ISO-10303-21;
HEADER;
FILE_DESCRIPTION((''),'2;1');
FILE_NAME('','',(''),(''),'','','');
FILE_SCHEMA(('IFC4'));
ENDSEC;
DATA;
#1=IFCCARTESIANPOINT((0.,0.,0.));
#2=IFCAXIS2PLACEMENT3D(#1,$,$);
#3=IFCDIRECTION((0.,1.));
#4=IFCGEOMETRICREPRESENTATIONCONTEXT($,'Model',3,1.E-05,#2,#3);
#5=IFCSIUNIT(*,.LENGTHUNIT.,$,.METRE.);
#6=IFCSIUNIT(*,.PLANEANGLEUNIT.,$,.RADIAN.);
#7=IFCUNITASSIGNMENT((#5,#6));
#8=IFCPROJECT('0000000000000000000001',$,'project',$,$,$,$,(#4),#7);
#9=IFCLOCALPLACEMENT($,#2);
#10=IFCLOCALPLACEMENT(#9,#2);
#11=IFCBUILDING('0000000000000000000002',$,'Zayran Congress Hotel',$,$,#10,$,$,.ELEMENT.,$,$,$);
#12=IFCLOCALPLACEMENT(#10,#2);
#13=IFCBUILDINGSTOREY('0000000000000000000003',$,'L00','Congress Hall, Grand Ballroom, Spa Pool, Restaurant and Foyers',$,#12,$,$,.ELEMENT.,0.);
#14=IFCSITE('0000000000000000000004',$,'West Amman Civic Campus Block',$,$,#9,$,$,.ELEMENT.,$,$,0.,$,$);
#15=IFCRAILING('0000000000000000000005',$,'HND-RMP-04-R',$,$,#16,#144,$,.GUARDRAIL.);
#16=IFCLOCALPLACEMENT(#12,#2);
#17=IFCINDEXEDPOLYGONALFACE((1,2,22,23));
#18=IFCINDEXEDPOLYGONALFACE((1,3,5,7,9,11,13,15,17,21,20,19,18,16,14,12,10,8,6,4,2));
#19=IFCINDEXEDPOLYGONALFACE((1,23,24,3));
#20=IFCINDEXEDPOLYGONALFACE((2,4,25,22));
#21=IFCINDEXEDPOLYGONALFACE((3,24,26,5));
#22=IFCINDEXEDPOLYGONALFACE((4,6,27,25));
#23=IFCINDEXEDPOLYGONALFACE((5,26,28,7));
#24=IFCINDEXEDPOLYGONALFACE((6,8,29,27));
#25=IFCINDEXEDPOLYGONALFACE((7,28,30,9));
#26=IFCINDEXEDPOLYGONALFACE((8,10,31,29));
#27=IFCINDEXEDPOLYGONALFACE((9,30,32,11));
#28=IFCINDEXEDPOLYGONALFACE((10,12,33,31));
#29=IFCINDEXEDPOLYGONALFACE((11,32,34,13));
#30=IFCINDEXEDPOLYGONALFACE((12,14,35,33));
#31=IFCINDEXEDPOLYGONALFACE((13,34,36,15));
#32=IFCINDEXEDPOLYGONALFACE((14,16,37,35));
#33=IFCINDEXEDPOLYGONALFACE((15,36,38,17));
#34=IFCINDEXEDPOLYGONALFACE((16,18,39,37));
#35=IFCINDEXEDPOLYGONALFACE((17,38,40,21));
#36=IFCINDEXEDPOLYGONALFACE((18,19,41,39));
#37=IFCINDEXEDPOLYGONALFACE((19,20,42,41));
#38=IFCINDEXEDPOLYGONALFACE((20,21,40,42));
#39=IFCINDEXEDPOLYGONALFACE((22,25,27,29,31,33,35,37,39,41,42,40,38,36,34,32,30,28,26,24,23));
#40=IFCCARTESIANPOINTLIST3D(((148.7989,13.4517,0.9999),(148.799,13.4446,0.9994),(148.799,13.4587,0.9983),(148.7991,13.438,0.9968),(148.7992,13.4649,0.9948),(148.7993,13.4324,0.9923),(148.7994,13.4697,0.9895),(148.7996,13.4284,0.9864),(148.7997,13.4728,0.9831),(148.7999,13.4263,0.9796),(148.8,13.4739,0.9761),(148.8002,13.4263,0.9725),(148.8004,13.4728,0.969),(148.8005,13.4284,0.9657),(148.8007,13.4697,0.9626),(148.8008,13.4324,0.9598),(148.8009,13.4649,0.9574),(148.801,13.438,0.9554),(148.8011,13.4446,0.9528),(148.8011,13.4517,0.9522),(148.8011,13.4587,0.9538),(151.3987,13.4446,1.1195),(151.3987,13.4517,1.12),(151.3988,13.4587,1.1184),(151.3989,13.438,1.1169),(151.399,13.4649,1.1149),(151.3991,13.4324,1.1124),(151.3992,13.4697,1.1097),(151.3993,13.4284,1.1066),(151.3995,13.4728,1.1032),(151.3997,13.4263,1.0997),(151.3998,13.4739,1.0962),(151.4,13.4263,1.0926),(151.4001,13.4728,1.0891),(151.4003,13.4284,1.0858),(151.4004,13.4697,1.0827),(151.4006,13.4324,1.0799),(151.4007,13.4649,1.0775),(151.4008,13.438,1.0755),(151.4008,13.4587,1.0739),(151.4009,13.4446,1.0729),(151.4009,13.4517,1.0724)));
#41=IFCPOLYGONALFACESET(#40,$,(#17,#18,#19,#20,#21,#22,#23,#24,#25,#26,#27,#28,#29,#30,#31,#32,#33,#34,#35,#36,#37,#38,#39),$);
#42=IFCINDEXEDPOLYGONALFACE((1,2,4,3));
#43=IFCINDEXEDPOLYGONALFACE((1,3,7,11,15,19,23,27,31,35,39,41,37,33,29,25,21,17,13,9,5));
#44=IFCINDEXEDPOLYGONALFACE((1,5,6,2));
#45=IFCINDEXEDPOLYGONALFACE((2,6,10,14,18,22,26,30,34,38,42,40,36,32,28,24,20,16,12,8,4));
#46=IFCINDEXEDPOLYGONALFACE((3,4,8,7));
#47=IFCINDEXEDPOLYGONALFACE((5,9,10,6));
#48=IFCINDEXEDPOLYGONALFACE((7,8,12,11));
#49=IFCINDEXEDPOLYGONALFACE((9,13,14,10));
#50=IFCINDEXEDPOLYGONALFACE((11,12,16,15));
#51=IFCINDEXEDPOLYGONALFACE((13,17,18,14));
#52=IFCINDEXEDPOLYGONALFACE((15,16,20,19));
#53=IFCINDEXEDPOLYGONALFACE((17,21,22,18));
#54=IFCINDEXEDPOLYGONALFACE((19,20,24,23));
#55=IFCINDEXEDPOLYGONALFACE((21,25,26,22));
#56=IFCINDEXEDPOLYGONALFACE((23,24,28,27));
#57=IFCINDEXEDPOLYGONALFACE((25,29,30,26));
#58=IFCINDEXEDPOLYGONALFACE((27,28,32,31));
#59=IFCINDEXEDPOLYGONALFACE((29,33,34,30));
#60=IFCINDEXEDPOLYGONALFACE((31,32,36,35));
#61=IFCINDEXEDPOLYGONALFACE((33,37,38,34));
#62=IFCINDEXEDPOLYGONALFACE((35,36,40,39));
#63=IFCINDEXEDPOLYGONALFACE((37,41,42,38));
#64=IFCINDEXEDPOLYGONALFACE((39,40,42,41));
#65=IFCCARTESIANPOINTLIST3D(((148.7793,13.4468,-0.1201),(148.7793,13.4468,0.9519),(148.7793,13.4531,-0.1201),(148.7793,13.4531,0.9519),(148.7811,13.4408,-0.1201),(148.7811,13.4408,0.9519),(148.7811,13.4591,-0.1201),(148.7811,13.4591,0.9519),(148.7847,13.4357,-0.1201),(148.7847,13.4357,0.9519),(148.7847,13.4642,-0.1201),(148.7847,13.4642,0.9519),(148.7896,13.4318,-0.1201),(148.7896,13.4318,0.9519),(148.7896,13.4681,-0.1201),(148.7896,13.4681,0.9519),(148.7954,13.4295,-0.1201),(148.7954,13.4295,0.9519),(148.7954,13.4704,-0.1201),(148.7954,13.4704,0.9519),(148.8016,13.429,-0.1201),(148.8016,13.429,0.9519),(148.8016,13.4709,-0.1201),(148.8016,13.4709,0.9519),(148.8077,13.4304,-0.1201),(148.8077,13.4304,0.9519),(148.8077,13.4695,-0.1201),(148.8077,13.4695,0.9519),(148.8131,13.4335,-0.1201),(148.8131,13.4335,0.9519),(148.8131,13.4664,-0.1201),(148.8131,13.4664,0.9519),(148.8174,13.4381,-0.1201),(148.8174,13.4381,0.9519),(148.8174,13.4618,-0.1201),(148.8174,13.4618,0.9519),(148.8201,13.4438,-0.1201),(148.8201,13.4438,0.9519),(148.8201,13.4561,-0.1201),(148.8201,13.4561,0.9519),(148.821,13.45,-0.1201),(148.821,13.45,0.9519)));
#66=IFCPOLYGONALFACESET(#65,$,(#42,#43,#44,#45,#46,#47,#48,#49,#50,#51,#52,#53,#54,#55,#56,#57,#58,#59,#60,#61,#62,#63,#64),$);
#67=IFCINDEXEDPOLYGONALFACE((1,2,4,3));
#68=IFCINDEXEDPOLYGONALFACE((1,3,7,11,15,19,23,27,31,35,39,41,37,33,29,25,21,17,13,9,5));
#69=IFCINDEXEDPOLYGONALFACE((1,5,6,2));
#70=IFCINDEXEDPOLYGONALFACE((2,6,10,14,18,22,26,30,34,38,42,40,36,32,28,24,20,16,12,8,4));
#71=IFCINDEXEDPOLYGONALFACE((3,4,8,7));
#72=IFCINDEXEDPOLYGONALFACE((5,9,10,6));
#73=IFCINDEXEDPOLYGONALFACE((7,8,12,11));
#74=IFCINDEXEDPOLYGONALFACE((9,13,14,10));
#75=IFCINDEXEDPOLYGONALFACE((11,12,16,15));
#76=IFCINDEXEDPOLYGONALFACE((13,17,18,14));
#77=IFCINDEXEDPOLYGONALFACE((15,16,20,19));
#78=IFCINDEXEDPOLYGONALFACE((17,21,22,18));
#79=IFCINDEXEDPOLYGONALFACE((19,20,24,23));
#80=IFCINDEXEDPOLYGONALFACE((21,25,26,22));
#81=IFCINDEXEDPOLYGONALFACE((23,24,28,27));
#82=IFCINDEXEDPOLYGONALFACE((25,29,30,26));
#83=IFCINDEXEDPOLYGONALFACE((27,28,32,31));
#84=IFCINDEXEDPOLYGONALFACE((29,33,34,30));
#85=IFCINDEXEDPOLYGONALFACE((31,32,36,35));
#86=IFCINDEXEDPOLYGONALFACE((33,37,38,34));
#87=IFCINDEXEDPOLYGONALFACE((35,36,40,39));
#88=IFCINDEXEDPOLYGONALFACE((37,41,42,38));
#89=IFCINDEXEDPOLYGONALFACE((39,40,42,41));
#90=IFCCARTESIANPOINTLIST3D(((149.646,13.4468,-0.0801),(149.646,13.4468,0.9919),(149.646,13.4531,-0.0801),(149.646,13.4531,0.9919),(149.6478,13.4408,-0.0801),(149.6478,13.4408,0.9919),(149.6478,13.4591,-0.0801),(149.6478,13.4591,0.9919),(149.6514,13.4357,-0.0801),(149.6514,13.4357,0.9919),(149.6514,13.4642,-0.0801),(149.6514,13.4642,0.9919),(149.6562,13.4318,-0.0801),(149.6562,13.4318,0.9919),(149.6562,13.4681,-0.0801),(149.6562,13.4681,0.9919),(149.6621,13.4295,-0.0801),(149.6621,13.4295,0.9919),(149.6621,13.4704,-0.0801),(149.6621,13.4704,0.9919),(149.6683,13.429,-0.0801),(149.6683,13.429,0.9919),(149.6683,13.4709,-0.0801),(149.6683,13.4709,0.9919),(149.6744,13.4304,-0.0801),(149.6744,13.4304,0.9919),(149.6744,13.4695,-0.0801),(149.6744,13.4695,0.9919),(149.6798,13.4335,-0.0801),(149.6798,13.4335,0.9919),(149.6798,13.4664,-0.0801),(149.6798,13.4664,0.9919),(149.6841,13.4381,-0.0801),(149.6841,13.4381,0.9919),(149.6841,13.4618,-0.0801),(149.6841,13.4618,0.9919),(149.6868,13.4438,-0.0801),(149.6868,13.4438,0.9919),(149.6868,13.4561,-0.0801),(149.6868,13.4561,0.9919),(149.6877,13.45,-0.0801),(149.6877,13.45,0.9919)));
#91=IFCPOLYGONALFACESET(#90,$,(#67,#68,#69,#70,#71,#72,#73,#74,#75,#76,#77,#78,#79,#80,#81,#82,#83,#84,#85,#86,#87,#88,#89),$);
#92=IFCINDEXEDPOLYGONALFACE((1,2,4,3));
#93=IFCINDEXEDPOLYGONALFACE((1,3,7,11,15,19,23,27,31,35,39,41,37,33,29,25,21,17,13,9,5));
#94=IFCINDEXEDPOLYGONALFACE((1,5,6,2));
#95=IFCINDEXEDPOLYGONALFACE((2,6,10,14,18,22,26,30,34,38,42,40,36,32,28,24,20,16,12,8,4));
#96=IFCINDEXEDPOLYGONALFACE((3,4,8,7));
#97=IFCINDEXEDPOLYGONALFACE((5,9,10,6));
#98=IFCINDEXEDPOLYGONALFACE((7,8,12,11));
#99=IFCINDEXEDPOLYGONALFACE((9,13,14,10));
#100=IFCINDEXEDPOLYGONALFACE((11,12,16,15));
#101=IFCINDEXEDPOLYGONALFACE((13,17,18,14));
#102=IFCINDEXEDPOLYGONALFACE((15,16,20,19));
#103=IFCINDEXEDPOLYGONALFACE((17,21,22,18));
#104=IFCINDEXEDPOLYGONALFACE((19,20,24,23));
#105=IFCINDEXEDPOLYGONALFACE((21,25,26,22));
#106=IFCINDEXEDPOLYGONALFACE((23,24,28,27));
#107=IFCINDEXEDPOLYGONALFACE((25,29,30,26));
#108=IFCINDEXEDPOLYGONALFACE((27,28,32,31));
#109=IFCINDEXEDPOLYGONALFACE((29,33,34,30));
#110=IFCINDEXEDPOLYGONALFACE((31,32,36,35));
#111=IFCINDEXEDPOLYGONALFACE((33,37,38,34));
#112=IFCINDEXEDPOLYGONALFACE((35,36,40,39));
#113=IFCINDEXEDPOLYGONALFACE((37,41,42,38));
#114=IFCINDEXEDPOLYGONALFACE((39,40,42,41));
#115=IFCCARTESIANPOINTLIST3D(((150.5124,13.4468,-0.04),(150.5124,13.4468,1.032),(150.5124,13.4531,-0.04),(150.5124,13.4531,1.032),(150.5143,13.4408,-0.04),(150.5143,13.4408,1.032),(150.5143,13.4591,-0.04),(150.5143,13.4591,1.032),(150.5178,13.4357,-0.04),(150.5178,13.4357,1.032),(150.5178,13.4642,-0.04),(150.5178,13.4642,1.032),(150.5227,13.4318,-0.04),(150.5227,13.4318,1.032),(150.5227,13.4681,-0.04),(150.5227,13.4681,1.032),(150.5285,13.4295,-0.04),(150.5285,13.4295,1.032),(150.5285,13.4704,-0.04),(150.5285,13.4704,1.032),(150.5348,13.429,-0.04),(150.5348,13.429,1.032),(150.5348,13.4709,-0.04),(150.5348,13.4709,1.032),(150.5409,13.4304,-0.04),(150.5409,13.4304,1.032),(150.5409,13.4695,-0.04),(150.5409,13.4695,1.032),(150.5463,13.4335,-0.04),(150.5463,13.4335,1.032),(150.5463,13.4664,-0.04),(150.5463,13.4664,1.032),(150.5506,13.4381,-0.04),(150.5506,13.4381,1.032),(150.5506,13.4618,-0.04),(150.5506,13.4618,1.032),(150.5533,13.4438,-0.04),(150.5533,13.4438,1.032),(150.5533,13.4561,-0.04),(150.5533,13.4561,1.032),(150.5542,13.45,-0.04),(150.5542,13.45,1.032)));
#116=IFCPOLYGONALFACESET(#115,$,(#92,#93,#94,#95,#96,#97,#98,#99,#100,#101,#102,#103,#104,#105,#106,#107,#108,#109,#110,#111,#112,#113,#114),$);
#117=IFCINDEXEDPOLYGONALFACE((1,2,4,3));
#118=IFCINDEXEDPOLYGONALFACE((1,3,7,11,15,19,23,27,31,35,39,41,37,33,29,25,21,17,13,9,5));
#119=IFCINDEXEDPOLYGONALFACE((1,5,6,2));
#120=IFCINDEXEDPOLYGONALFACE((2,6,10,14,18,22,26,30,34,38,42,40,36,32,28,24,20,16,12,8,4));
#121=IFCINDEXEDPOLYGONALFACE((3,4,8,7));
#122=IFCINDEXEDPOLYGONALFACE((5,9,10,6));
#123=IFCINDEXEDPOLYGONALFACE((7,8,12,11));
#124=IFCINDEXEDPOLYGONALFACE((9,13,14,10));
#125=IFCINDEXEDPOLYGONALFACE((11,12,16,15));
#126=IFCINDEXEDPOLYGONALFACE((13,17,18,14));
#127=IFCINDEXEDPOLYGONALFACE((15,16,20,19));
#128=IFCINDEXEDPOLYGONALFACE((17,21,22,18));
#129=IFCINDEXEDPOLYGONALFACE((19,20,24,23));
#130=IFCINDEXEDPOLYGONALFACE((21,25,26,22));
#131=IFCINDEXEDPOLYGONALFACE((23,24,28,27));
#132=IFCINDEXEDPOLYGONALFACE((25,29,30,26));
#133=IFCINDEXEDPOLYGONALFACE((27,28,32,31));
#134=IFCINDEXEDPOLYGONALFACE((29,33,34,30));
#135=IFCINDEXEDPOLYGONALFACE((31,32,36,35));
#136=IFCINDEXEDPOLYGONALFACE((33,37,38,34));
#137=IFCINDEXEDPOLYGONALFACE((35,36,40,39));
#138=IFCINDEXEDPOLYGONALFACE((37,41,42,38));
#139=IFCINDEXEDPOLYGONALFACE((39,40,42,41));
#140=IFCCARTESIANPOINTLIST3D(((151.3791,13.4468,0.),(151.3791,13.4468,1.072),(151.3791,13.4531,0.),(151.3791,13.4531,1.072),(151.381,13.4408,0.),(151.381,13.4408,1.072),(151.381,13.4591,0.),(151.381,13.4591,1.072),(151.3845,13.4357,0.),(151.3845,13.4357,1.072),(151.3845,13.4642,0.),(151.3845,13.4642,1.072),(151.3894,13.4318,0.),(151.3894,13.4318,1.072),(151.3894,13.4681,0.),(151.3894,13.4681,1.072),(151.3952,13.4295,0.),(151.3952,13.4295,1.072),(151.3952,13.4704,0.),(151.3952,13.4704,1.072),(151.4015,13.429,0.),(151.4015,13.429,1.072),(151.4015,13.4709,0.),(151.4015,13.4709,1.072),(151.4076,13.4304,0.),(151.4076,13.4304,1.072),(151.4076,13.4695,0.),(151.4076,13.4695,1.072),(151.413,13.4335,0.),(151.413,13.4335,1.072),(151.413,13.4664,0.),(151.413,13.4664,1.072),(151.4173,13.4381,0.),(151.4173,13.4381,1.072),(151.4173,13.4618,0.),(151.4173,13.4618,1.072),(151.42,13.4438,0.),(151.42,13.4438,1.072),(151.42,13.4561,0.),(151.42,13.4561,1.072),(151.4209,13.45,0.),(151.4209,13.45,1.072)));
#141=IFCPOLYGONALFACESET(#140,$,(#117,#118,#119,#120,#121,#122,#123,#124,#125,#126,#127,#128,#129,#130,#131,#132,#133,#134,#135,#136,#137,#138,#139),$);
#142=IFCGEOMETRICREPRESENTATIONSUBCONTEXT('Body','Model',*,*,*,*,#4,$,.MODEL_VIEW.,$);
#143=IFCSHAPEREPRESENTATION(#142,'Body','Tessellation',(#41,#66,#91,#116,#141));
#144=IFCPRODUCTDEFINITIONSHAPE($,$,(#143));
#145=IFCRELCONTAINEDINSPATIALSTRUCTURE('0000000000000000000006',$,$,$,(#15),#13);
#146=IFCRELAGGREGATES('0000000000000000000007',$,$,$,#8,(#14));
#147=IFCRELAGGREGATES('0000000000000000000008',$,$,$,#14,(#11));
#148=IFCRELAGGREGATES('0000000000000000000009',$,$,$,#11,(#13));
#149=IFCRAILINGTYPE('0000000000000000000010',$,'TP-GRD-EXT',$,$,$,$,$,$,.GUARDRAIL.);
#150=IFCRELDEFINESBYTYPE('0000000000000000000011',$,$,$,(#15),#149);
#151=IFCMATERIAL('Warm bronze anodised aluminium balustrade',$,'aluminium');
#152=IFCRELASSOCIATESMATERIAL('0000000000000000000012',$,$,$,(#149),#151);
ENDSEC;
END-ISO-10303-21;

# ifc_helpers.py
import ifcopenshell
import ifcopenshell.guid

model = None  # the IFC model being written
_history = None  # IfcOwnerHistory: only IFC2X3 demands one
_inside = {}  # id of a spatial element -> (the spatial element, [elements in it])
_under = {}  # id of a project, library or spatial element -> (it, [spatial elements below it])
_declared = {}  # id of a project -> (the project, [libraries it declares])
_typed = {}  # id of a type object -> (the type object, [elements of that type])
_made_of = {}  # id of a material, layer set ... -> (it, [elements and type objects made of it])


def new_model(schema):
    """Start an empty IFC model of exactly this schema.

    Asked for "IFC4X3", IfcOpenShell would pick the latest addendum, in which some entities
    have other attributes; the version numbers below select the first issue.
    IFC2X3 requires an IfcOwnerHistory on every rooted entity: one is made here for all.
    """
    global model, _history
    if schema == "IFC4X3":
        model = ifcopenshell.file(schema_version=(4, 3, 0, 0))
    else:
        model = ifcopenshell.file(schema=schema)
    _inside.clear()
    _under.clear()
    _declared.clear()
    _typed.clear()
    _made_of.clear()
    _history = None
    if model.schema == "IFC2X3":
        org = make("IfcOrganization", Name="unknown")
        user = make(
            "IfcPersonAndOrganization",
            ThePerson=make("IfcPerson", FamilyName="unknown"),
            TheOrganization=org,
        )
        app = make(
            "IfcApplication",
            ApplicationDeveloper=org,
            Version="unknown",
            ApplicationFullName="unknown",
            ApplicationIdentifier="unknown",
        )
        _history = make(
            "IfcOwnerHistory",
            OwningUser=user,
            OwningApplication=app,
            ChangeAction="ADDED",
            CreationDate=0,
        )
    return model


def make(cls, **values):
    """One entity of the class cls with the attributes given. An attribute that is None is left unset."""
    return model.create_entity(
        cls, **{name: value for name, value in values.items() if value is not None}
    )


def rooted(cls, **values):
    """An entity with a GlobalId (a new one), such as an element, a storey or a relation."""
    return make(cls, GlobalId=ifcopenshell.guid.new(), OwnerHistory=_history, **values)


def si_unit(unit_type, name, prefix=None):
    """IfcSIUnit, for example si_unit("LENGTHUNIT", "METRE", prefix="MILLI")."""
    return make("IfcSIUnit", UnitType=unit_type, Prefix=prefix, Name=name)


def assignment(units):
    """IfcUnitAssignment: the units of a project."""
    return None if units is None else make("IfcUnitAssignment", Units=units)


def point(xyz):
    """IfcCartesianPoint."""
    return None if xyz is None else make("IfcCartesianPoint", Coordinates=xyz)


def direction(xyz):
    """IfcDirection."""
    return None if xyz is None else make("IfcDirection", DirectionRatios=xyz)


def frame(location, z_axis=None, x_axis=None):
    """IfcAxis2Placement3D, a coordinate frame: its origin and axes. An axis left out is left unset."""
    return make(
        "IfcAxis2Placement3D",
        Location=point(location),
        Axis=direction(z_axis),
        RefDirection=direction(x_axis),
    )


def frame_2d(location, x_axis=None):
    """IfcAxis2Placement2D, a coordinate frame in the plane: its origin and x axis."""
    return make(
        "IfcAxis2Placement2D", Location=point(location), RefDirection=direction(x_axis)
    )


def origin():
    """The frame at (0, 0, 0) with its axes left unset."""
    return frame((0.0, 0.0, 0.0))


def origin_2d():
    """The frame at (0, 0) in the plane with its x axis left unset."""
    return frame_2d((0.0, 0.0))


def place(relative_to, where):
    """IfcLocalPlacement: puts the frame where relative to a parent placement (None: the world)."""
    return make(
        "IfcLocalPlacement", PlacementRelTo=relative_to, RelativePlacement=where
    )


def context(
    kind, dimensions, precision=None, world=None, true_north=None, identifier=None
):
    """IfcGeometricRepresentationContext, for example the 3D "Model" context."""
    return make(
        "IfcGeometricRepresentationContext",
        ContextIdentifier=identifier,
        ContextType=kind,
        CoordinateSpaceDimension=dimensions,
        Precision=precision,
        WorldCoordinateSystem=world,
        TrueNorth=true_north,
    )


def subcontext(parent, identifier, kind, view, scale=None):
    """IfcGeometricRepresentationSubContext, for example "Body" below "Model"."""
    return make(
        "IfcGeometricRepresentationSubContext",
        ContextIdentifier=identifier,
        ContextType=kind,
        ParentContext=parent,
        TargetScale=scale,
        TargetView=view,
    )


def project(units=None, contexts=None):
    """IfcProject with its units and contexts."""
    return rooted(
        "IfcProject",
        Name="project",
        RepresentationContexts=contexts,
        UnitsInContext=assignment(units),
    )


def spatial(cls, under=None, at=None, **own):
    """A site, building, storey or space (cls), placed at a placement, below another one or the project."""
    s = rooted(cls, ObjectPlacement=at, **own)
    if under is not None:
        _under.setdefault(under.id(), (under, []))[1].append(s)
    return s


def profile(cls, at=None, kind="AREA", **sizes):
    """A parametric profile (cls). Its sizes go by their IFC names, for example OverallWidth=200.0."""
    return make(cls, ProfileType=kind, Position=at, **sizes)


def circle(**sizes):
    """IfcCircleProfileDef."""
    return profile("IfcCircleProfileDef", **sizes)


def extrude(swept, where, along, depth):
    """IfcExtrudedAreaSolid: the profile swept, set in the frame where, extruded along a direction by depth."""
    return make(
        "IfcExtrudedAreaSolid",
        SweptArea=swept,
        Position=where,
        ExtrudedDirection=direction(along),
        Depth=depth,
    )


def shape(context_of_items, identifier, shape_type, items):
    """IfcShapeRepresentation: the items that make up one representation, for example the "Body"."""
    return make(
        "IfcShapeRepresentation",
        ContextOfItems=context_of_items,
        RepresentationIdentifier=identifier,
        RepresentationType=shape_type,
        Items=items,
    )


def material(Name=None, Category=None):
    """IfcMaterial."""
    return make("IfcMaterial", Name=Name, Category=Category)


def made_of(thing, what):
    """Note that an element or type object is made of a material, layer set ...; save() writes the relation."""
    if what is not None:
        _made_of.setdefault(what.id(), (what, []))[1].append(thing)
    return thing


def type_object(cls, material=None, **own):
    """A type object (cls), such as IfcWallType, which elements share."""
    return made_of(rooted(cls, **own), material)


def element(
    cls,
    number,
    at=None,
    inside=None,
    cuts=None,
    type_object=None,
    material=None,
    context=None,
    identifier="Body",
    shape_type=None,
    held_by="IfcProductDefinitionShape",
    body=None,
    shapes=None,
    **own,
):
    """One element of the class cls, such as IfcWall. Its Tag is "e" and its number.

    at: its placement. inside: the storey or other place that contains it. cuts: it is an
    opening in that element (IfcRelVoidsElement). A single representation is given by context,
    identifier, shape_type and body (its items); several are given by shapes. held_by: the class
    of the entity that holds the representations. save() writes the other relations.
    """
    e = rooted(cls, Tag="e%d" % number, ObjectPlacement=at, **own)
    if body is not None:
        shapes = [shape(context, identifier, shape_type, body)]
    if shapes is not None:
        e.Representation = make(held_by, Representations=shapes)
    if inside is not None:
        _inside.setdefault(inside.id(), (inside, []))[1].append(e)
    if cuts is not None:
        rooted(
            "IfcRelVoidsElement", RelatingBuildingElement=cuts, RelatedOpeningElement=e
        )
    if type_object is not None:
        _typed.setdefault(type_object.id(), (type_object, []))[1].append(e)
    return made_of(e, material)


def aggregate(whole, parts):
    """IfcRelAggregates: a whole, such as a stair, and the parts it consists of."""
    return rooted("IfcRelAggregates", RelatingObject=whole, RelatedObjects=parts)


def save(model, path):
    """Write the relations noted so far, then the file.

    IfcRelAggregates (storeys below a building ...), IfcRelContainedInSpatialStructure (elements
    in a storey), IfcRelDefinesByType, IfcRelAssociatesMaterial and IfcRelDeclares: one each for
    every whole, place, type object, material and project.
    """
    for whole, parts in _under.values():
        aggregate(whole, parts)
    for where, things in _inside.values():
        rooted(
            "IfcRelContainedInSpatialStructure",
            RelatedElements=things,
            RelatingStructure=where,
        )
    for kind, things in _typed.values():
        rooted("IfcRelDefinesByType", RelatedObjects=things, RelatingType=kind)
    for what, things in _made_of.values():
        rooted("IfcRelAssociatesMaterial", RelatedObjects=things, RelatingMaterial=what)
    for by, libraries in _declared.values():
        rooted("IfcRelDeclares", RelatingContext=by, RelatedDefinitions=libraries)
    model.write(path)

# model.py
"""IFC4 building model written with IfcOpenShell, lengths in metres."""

from ifc_helpers import new_model, si_unit, direction, frame, origin, origin_2d, place, context, subcontext, project, spatial, circle, extrude, material, type_object, element, save


model = new_model("IFC4")

# Units and contexts
model_context = context("Model", 3, precision=1e-05, world=origin(), true_north=direction((0.0, 1.0)))
body_context = subcontext(model_context, "Body", "Model", "MODEL_VIEW")
ifc_project = project(units=[si_unit("LENGTHUNIT", "METRE"), si_unit("PLANEANGLEUNIT", "RADIAN")], contexts=[model_context])

# Site, building, storey
site_placement = place(None, origin())
site = spatial("IfcSite", under=ifc_project, at=site_placement, Name="West Amman Civic Campus Block", CompositionType="ELEMENT", RefElevation=0.0)
building_placement = place(site_placement, origin())
building = spatial("IfcBuilding", under=site, at=building_placement, Name="Zayran Congress Hotel", CompositionType="ELEMENT")
storey_placement = place(building_placement, origin())
storey = spatial("IfcBuildingStorey", under=building, at=storey_placement, Name="L00", Description="Congress Hall, Grand Ballroom, Spa Pool, Restaurant and Foyers", CompositionType="ELEMENT", Elevation=0.0)

# Railing
ifc_material_1 = material(Name="Warm bronze anodised aluminium balustrade", Category="aluminium")
railing_type = type_object("IfcRailingType", Name="TP-GRD-EXT", PredefinedType="GUARDRAIL", material=ifc_material_1)
for number, where, name in (
    (1, (148.8, 13.45, -0.1201), "HND-RMP-04-R"),
):
    element("IfcRailing", number, at=place(storey_placement, frame(where)), inside=storey, type_object=railing_type, Name=name, PredefinedType="GUARDRAIL", context=body_context, shape_type="SweptSolid", body=[
        extrude(circle(Radius=0.0239, at=origin_2d()), frame((0.0, 0.0, 1.0962), z_axis=(0.998934, 0.0, 0.046152), x_axis=(0.0, 1.0, 0.0)), (0.0, 0.0, 1.0), 2.6025),
        extrude(circle(Radius=0.021, at=origin_2d()), origin(), (0.0, 0.0, 1.0), 1.072),
        extrude(circle(Radius=0.021, at=origin_2d()), frame((0.8667, 0.0, 0.04)), (0.0, 0.0, 1.0), 1.072),
        extrude(circle(Radius=0.021, at=origin_2d()), frame((1.7332, 0.0, 0.0801)), (0.0, 0.0, 1.0), 1.072),
        extrude(circle(Radius=0.021, at=origin_2d()), frame((2.5999, 0.0, 0.1201)), (0.0, 0.0, 1.0), 1.072),
    ])

save(model, "model.ifc")
